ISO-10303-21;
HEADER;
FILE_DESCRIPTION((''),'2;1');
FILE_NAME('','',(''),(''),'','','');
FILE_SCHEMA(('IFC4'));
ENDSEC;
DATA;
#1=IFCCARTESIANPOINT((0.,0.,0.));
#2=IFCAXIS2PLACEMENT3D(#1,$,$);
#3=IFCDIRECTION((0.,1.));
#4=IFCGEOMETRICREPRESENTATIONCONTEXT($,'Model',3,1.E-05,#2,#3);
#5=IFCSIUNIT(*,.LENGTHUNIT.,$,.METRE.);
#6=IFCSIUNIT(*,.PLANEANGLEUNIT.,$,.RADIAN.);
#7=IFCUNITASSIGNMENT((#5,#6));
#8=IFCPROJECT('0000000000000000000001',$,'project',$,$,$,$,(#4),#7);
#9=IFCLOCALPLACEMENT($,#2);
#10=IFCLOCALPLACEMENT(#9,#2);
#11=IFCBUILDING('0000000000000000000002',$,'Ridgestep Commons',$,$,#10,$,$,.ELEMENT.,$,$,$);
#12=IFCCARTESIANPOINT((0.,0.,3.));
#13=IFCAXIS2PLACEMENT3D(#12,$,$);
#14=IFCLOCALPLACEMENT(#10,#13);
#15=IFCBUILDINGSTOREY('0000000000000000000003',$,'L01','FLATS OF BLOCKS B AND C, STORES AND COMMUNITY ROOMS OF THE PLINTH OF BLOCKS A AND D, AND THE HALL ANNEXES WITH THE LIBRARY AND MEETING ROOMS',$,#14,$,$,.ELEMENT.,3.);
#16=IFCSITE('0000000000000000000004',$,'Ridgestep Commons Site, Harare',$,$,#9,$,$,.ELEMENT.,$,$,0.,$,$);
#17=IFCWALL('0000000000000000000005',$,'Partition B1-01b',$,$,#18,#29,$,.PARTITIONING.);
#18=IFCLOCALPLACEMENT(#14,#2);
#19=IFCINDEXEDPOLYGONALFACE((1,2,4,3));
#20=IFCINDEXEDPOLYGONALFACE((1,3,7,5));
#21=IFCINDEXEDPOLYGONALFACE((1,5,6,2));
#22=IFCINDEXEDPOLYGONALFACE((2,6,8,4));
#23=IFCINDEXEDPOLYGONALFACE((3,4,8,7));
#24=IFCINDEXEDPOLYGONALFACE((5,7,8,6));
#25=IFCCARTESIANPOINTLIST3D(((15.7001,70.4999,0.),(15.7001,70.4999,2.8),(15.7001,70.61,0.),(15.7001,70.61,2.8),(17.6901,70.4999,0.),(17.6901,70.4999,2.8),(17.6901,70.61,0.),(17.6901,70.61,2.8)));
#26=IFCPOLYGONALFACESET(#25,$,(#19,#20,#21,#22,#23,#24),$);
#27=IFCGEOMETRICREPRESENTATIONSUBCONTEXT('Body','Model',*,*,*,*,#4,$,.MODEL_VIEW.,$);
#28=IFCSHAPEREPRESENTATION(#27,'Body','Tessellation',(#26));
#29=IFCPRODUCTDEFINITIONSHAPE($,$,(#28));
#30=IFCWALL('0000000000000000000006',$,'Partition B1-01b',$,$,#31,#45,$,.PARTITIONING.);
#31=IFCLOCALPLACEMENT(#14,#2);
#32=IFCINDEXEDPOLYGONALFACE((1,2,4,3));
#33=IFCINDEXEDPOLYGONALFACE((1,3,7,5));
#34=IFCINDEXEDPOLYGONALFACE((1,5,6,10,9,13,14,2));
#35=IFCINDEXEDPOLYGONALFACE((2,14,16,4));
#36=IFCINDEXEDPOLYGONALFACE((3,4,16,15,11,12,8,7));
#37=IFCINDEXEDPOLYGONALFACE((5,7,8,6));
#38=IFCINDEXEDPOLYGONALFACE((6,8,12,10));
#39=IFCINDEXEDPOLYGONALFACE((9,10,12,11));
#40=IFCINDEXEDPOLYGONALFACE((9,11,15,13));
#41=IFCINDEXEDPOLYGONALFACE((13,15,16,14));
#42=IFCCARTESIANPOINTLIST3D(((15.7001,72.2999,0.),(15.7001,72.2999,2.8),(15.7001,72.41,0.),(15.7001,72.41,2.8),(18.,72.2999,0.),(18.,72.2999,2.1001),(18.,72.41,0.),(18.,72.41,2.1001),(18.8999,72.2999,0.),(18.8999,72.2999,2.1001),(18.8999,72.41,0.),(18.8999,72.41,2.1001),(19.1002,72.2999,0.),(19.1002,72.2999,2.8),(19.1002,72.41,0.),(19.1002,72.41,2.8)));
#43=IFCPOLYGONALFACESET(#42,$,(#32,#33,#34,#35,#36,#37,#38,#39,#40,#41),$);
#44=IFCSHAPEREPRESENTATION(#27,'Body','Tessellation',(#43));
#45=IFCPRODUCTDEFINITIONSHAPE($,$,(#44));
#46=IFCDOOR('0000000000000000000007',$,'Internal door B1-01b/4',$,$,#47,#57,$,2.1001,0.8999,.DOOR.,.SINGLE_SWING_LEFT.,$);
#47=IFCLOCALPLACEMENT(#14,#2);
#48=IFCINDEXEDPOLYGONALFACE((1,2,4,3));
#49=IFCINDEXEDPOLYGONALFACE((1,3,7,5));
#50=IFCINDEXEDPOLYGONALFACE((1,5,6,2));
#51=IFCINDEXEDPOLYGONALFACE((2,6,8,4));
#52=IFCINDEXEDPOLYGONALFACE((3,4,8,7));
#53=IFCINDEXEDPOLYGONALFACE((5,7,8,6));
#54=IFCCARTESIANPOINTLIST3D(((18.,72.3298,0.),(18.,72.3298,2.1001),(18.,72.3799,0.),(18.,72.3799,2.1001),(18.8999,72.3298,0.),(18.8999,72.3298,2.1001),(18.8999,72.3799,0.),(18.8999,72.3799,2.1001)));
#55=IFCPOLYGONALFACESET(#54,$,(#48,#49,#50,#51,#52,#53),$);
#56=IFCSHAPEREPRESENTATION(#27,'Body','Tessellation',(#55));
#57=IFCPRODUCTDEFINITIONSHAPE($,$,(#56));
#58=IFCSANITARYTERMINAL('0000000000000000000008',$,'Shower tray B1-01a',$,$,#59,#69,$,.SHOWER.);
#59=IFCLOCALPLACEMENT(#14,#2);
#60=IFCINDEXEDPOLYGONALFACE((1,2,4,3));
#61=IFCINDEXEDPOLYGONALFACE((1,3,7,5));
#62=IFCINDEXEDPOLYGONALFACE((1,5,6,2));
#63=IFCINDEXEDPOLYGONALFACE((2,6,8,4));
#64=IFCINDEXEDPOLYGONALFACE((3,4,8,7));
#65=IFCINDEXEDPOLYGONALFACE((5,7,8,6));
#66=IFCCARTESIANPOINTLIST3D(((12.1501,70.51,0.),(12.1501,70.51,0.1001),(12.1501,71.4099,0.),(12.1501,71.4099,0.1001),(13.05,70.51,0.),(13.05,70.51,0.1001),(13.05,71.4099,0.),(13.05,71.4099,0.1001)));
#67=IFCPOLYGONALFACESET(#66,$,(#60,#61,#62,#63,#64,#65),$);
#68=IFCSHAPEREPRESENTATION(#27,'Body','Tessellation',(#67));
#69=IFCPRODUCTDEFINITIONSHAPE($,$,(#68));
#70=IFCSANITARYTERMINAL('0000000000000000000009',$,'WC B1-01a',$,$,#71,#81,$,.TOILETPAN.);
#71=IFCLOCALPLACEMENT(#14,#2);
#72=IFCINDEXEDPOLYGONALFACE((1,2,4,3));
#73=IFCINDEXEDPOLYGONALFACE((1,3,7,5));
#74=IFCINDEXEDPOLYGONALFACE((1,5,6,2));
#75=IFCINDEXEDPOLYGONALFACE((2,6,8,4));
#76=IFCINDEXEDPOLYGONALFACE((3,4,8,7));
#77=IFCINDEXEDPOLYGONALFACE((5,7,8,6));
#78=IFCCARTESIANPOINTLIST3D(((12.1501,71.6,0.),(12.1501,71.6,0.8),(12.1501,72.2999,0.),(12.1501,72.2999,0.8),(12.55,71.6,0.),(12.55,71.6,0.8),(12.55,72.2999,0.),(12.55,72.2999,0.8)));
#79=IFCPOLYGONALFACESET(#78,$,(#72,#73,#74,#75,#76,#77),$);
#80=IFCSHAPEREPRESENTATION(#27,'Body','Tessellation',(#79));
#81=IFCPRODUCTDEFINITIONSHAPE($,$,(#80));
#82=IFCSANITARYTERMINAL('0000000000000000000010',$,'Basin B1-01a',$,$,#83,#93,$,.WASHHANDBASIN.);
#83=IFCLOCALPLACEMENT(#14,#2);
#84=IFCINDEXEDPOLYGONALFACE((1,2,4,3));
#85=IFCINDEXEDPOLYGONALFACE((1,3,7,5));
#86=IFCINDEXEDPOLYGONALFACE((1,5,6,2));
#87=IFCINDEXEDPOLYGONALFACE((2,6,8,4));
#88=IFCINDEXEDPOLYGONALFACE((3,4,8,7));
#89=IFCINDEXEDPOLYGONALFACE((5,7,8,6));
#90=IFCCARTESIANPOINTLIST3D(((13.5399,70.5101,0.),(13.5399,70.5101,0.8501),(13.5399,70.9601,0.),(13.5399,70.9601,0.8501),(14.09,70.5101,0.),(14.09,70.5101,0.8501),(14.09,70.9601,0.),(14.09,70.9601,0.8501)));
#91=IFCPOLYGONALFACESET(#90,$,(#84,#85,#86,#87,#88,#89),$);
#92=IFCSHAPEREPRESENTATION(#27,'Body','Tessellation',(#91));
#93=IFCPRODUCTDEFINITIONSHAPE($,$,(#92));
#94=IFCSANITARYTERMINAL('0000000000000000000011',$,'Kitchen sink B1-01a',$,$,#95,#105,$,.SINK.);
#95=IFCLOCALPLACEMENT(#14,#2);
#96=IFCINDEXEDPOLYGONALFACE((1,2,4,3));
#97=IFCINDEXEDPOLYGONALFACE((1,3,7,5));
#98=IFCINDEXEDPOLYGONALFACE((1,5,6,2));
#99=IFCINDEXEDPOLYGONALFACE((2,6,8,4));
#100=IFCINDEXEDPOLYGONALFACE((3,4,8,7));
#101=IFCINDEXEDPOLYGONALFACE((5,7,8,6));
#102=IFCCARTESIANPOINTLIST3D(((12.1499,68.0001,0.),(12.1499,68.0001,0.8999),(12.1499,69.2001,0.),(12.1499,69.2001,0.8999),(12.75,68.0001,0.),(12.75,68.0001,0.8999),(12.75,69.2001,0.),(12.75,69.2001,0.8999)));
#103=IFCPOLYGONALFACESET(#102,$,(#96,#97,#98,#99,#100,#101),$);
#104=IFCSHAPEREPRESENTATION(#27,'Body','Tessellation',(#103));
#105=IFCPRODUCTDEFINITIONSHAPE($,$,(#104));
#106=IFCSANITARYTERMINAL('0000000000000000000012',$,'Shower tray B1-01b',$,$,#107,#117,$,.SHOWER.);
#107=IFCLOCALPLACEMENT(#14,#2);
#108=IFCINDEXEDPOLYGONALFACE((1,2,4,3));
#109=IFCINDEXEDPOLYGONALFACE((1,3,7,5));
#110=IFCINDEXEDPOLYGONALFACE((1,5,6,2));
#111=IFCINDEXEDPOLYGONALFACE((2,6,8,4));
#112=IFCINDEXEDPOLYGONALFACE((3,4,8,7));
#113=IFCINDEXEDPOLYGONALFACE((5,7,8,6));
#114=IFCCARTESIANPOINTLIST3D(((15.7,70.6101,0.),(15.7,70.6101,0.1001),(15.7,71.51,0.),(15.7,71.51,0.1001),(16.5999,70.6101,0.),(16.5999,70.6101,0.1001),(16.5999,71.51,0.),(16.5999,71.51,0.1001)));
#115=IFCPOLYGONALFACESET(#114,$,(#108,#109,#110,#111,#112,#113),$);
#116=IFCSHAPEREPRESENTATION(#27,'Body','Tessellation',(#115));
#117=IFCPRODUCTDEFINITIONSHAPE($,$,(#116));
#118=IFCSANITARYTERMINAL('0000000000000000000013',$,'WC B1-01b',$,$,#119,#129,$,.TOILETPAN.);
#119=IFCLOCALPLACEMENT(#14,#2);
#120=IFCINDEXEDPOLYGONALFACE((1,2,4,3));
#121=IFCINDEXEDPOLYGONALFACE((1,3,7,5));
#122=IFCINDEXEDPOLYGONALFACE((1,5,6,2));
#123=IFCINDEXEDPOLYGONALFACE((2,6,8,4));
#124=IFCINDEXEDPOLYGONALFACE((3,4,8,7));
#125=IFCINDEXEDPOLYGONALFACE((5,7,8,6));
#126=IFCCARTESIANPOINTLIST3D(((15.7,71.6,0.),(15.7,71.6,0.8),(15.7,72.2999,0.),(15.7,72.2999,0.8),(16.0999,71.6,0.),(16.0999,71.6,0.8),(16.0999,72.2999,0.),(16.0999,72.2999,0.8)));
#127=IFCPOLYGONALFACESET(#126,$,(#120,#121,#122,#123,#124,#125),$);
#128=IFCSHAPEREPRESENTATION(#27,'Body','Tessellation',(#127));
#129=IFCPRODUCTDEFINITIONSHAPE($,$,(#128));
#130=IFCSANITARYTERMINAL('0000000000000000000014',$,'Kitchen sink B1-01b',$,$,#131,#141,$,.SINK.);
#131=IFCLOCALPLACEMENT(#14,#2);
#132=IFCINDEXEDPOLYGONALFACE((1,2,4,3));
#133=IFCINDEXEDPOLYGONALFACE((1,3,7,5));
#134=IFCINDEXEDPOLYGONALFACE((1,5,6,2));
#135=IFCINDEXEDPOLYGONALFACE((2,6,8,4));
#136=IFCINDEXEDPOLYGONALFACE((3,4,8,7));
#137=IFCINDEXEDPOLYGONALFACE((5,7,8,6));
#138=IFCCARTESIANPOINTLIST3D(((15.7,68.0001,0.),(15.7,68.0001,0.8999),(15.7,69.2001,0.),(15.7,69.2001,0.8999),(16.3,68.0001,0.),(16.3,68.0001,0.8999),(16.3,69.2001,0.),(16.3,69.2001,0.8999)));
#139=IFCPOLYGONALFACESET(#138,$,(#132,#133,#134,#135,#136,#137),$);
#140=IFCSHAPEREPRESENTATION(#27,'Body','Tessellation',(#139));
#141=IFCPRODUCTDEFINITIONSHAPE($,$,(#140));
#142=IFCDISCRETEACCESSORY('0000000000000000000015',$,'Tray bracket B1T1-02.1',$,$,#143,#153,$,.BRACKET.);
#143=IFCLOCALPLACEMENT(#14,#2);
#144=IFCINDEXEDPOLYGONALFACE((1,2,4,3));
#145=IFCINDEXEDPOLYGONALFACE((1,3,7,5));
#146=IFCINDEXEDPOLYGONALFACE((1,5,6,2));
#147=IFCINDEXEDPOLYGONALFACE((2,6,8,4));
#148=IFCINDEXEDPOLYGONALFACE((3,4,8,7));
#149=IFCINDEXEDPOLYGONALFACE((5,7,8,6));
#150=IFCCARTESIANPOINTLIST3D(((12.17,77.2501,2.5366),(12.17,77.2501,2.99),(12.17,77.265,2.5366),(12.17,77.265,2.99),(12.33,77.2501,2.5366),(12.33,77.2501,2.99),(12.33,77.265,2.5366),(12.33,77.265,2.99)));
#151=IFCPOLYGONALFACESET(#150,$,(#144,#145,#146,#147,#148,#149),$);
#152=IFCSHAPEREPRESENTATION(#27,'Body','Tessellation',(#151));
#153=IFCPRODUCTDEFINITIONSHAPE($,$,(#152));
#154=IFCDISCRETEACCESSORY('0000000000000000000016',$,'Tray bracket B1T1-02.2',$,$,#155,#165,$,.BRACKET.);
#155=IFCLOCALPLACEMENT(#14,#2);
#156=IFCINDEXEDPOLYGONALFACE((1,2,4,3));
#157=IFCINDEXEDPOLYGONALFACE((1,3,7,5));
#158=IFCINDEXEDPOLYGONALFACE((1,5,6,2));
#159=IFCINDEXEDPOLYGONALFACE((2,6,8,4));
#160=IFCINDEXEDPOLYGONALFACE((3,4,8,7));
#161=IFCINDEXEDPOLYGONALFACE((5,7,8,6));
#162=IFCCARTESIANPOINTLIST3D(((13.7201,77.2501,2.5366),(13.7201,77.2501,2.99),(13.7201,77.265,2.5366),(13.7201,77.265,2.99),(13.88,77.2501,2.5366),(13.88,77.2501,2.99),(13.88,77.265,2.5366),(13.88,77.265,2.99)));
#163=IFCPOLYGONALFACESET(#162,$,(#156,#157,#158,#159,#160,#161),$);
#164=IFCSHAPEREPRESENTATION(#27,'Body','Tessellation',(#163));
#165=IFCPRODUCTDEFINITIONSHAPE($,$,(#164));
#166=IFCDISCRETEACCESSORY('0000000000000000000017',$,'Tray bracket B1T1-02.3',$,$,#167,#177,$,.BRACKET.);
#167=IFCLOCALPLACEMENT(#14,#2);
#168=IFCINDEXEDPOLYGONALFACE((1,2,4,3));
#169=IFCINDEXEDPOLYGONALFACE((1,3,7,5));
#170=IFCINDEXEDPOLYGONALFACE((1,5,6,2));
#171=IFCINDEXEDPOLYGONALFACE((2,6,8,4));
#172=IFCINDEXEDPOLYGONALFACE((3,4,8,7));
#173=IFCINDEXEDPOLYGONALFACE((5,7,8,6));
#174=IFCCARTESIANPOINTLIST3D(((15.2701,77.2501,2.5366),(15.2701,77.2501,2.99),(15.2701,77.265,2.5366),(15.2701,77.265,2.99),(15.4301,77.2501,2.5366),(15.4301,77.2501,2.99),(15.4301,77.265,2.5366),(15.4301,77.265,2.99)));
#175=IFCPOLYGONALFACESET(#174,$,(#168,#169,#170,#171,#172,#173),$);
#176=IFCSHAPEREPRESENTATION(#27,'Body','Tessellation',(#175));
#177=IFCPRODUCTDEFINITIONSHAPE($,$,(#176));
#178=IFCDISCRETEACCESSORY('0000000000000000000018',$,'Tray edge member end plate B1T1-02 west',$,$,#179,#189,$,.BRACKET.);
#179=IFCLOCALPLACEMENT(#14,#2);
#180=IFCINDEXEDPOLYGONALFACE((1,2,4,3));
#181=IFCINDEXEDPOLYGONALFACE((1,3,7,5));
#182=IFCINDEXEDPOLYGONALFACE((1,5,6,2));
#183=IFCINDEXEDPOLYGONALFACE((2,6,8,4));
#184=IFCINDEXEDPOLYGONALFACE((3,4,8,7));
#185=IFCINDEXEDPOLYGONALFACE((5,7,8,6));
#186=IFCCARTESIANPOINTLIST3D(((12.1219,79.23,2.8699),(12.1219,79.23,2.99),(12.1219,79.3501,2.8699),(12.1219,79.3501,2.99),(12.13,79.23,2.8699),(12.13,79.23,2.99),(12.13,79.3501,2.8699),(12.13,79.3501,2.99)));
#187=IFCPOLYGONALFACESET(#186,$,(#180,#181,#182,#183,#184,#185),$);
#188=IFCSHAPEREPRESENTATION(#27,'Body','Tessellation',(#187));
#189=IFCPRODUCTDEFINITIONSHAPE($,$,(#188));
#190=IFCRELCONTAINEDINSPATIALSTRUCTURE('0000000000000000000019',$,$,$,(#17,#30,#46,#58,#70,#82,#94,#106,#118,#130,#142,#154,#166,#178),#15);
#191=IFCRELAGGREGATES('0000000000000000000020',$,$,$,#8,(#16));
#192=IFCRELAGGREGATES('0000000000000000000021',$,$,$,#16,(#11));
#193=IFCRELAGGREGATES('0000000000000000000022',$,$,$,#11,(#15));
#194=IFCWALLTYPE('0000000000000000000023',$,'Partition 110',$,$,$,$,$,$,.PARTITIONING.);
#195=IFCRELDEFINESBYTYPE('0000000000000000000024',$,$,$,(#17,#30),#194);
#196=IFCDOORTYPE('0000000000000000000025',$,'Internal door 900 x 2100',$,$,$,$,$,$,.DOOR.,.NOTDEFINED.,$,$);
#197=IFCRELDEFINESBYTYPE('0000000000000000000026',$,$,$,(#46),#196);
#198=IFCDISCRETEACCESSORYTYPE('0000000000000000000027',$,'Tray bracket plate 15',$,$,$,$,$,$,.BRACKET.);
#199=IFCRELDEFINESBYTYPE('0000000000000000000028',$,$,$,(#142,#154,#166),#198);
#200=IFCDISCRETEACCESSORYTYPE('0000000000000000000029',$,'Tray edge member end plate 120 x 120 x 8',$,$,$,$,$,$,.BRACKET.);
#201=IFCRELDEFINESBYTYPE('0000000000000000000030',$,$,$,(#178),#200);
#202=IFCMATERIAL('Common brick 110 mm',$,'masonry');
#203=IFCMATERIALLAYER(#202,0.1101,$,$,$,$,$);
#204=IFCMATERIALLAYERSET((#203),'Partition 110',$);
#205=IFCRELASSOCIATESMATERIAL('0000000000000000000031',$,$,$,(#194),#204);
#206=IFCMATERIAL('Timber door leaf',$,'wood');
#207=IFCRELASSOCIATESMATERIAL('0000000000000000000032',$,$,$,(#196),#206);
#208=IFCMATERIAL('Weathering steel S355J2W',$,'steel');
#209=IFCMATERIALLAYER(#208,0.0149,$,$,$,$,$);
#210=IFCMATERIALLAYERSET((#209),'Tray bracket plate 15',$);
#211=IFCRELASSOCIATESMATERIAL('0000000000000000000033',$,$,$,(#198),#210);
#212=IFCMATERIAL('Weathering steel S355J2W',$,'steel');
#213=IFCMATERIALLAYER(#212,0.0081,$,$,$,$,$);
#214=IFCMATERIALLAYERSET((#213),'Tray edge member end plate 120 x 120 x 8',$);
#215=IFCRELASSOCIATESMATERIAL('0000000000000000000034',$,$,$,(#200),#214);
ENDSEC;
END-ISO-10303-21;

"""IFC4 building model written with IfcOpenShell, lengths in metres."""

from ifc_helpers import new_model, si_unit, direction, frame, frame_2d, origin, origin_2d, place, context, subcontext, project, spatial, rectangle, extrude, material, layer, layer_set, type_object, element, fill, save


model = new_model("IFC4")

# Units and contexts
model_context = context("Model", 3, precision=1e-05, world=origin(), true_north=direction((0.0, 1.0)))
body_context = subcontext(model_context, "Body", "Model", "MODEL_VIEW")
ifc_project = project(units=[si_unit("LENGTHUNIT", "METRE"), si_unit("PLANEANGLEUNIT", "RADIAN")], contexts=[model_context])

# Site, building, storey
site_placement = place(None, origin())
site = spatial("IfcSite", under=ifc_project, at=site_placement, Name="Ridgestep Commons Site, Harare", CompositionType="ELEMENT", RefElevation=0.0)
building_placement = place(site_placement, origin())
building = spatial("IfcBuilding", under=site, at=building_placement, Name="Ridgestep Commons", CompositionType="ELEMENT")
storey_placement = place(building_placement, frame((0.0, 0.0, 3.0)))
storey = spatial("IfcBuildingStorey", under=building, at=storey_placement, Name="L01", Description="FLATS OF BLOCKS B AND C, STORES AND COMMUNITY ROOMS OF THE PLINTH OF BLOCKS A AND D, AND THE HALL ANNEXES WITH THE LIBRARY AND MEETING ROOMS", CompositionType="ELEMENT", Elevation=3.0)

# Shared definitions
ifc_material_1 = material(Name="Common brick 110 mm", Category="masonry")
ifc_layer_1 = layer(ifc_material_1, 0.1101)
ifc_layer_set_1 = layer_set([ifc_layer_1], Name="Partition 110")
wall_type_1 = type_object("IfcWallType", Name="Partition 110", PredefinedType="PARTITIONING", material=ifc_layer_set_1)

# Shared definitions
ifc_material_2 = material(Name="Timber door leaf", Category="wood")
door_type = type_object("IfcDoorType", Name="Internal door 900 x 2100", OperationType="NOTDEFINED", PredefinedType="DOOR", material=ifc_material_2)

# Wall
wall_1_placement = place(storey_placement, frame((15.7, 70.5549, 0.0), z_axis=(0.0, 0.0, 1.0), x_axis=(1.0, 0.0, 0.0)))
element("IfcWall", 1, at=wall_1_placement, inside=storey, type_object=wall_type_1, Name="Partition B1-01b", PredefinedType="PARTITIONING", context=body_context, shape_type="SweptSolid", body=[
    extrude(rectangle(XDim=1.99, YDim=0.1101, at=frame_2d((0.9951, 0.0))), origin(), (0.0, 0.0, 1.0), 2.8),
])

# Wall, opening, door
wall_2_placement = place(storey_placement, frame((15.7, 72.355, 0.0), z_axis=(0.0, 0.0, 1.0), x_axis=(1.0, 0.0, 0.0)))
wall_2 = element("IfcWall", 2, at=wall_2_placement, inside=storey, type_object=wall_type_1, Name="Partition B1-01b", PredefinedType="PARTITIONING", context=body_context, shape_type="SweptSolid", body=[
    extrude(rectangle(XDim=3.4001, YDim=0.1101, at=frame_2d((1.7002, 0.0))), origin(), (0.0, 0.0, 1.0), 2.8),
])
opening_1_placement = place(wall_2_placement, frame((2.3, 0.0, 0.0)))
opening_1 = element("IfcOpeningElement", 3, at=opening_1_placement, cuts=wall_2, PredefinedType="OPENING", context=body_context, shape_type="SweptSolid", body=[
    extrude(rectangle(XDim=0.8999, YDim=2.1001, at=frame_2d((0.45, 1.05))), frame((0.0, 0.0649, 0.0), z_axis=(0.0, -1.0, 0.0), x_axis=(1.0, 0.0, 0.0)), (0.0, 0.0, 1.0), 0.1301),
])
door_1_placement = place(opening_1_placement, origin())
door_1 = element("IfcDoor", 4, at=door_1_placement, inside=storey, type_object=door_type, Name="Internal door B1-01b/4", OperationType="SINGLE_SWING_LEFT", OverallHeight=2.1001, OverallWidth=0.8999, PredefinedType="DOOR", context=body_context, shape_type="SweptSolid", body=[
    extrude(rectangle(XDim=0.8999, YDim=2.1001, at=frame_2d((0.45, 1.05))), frame((0.0, 0.0249, 0.0), z_axis=(0.0, -1.0, 0.0), x_axis=(1.0, 0.0, 0.0)), (0.0, 0.0, 1.0), 0.05),
])
fill(opening_1, door_1)

# Sanitary terminals
sanitary_terminal_1_placement = place(storey_placement, frame((12.6001, 70.96, 0.0), z_axis=(0.0, 0.0, 1.0), x_axis=(1.0, 0.0, 0.0)))
element("IfcSanitaryTerminal", 5, at=sanitary_terminal_1_placement, inside=storey, Name="Shower tray B1-01a", PredefinedType="SHOWER", context=body_context, shape_type="SweptSolid", body=[
    extrude(rectangle(XDim=0.8999, YDim=0.8999, at=origin_2d()), origin(), (0.0, 0.0, 1.0), 0.1001),
])
sanitary_terminal_2_placement = place(storey_placement, frame((12.3501, 71.95, 0.0), z_axis=(0.0, 0.0, 1.0), x_axis=(1.0, 0.0, 0.0)))
element("IfcSanitaryTerminal", 6, at=sanitary_terminal_2_placement, inside=storey, Name="WC B1-01a", PredefinedType="TOILETPAN", context=body_context, shape_type="SweptSolid", body=[
    extrude(rectangle(XDim=0.3999, YDim=0.7, at=origin_2d()), origin(), (0.0, 0.0, 1.0), 0.8),
])
sanitary_terminal_3_placement = place(storey_placement, frame((13.8149, 70.7351, 0.0), z_axis=(0.0, 0.0, 1.0), x_axis=(1.0, 0.0, 0.0)))
element("IfcSanitaryTerminal", 7, at=sanitary_terminal_3_placement, inside=storey, Name="Basin B1-01a", PredefinedType="WASHHANDBASIN", context=body_context, shape_type="SweptSolid", body=[
    extrude(rectangle(XDim=0.55, YDim=0.45, at=origin_2d()), origin(), (0.0, 0.0, 1.0), 0.8501),
])
sanitary_terminal_4_placement = place(storey_placement, frame((12.45, 68.6001, 0.0), z_axis=(0.0, 0.0, 1.0), x_axis=(1.0, 0.0, 0.0)))
element("IfcSanitaryTerminal", 8, at=sanitary_terminal_4_placement, inside=storey, Name="Kitchen sink B1-01a", PredefinedType="SINK", context=body_context, shape_type="SweptSolid", body=[
    extrude(rectangle(XDim=0.6001, YDim=1.2, at=origin_2d()), origin(), (0.0, 0.0, 1.0), 0.8999),
])
sanitary_terminal_5_placement = place(storey_placement, frame((16.1499, 71.0601, 0.0), z_axis=(0.0, 0.0, 1.0), x_axis=(1.0, 0.0, 0.0)))
element("IfcSanitaryTerminal", 9, at=sanitary_terminal_5_placement, inside=storey, Name="Shower tray B1-01b", PredefinedType="SHOWER", context=body_context, shape_type="SweptSolid", body=[
    extrude(rectangle(XDim=0.8999, YDim=0.8999, at=origin_2d()), origin(), (0.0, 0.0, 1.0), 0.1001),
])
sanitary_terminal_6_placement = place(storey_placement, frame((15.8999, 71.95, 0.0), z_axis=(0.0, 0.0, 1.0), x_axis=(1.0, 0.0, 0.0)))
element("IfcSanitaryTerminal", 10, at=sanitary_terminal_6_placement, inside=storey, Name="WC B1-01b", PredefinedType="TOILETPAN", context=body_context, shape_type="SweptSolid", body=[
    extrude(rectangle(XDim=0.3999, YDim=0.7, at=origin_2d()), origin(), (0.0, 0.0, 1.0), 0.8),
])
sanitary_terminal_7_placement = place(storey_placement, frame((16.0, 68.6001, 0.0), z_axis=(0.0, 0.0, 1.0), x_axis=(1.0, 0.0, 0.0)))
element("IfcSanitaryTerminal", 11, at=sanitary_terminal_7_placement, inside=storey, Name="Kitchen sink B1-01b", PredefinedType="SINK", context=body_context, shape_type="SweptSolid", body=[
    extrude(rectangle(XDim=0.6001, YDim=1.2, at=origin_2d()), origin(), (0.0, 0.0, 1.0), 0.8999),
])

# Discrete accessories
ifc_material_3 = material(Name="Weathering steel S355J2W", Category="steel")
ifc_layer_2 = layer(ifc_material_3, 0.0149)
ifc_layer_set_2 = layer_set([ifc_layer_2], Name="Tray bracket plate 15")
discrete_accessory_type_1 = type_object("IfcDiscreteAccessoryType", Name="Tray bracket plate 15", PredefinedType="BRACKET", material=ifc_layer_set_2)
for number, where, z_axis, x_axis, name in (
    (12, (12.25, 77.2576, 2.5366), (0.0, 0.0, 1.0), (1.0, 0.0, 0.0), "Tray bracket B1T1-02.1"),
    (13, (13.8, 77.2576, 2.5366), (0.0, 0.0, 1.0), (1.0, 0.0, 0.0), "Tray bracket B1T1-02.2"),
    (14, (15.3501, 77.2576, 2.5366), (0.0, 0.0, 1.0), (1.0, 0.0, 0.0), "Tray bracket B1T1-02.3"),
):
    element("IfcDiscreteAccessory", number, at=place(storey_placement, frame(where, z_axis=z_axis, x_axis=x_axis)), inside=storey, type_object=discrete_accessory_type_1, Name=name, PredefinedType="BRACKET", context=body_context, shape_type="SweptSolid", body=[
        extrude(rectangle(XDim=0.1599, YDim=0.0149, at=origin_2d()), origin(), (0.0, 0.0, 1.0), 0.4534),
    ])
ifc_material_4 = material(Name="Weathering steel S355J2W", Category="steel")
ifc_layer_3 = layer(ifc_material_4, 0.0081)
ifc_layer_set_3 = layer_set([ifc_layer_3], Name="Tray edge member end plate 120 x 120 x 8")
discrete_accessory_type_2 = type_object("IfcDiscreteAccessoryType", Name="Tray edge member end plate 120 x 120 x 8", PredefinedType="BRACKET", material=ifc_layer_set_3)
for number, where, z_axis, x_axis, name in (
    (15, (12.126, 79.29, 2.8699), (0.0, 0.0, 1.0), (1.0, 0.0, 0.0), "Tray edge member end plate B1T1-02 west"),
):
    element("IfcDiscreteAccessory", number, at=place(storey_placement, frame(where, z_axis=z_axis, x_axis=x_axis)), inside=storey, type_object=discrete_accessory_type_2, Name=name, PredefinedType="BRACKET", context=body_context, shape_type="SweptSolid", body=[
        extrude(rectangle(XDim=0.0081, YDim=0.1201, at=origin_2d()), origin(), (0.0, 0.0, 1.0), 0.1201),
    ])

save(model, "model.ifc")
